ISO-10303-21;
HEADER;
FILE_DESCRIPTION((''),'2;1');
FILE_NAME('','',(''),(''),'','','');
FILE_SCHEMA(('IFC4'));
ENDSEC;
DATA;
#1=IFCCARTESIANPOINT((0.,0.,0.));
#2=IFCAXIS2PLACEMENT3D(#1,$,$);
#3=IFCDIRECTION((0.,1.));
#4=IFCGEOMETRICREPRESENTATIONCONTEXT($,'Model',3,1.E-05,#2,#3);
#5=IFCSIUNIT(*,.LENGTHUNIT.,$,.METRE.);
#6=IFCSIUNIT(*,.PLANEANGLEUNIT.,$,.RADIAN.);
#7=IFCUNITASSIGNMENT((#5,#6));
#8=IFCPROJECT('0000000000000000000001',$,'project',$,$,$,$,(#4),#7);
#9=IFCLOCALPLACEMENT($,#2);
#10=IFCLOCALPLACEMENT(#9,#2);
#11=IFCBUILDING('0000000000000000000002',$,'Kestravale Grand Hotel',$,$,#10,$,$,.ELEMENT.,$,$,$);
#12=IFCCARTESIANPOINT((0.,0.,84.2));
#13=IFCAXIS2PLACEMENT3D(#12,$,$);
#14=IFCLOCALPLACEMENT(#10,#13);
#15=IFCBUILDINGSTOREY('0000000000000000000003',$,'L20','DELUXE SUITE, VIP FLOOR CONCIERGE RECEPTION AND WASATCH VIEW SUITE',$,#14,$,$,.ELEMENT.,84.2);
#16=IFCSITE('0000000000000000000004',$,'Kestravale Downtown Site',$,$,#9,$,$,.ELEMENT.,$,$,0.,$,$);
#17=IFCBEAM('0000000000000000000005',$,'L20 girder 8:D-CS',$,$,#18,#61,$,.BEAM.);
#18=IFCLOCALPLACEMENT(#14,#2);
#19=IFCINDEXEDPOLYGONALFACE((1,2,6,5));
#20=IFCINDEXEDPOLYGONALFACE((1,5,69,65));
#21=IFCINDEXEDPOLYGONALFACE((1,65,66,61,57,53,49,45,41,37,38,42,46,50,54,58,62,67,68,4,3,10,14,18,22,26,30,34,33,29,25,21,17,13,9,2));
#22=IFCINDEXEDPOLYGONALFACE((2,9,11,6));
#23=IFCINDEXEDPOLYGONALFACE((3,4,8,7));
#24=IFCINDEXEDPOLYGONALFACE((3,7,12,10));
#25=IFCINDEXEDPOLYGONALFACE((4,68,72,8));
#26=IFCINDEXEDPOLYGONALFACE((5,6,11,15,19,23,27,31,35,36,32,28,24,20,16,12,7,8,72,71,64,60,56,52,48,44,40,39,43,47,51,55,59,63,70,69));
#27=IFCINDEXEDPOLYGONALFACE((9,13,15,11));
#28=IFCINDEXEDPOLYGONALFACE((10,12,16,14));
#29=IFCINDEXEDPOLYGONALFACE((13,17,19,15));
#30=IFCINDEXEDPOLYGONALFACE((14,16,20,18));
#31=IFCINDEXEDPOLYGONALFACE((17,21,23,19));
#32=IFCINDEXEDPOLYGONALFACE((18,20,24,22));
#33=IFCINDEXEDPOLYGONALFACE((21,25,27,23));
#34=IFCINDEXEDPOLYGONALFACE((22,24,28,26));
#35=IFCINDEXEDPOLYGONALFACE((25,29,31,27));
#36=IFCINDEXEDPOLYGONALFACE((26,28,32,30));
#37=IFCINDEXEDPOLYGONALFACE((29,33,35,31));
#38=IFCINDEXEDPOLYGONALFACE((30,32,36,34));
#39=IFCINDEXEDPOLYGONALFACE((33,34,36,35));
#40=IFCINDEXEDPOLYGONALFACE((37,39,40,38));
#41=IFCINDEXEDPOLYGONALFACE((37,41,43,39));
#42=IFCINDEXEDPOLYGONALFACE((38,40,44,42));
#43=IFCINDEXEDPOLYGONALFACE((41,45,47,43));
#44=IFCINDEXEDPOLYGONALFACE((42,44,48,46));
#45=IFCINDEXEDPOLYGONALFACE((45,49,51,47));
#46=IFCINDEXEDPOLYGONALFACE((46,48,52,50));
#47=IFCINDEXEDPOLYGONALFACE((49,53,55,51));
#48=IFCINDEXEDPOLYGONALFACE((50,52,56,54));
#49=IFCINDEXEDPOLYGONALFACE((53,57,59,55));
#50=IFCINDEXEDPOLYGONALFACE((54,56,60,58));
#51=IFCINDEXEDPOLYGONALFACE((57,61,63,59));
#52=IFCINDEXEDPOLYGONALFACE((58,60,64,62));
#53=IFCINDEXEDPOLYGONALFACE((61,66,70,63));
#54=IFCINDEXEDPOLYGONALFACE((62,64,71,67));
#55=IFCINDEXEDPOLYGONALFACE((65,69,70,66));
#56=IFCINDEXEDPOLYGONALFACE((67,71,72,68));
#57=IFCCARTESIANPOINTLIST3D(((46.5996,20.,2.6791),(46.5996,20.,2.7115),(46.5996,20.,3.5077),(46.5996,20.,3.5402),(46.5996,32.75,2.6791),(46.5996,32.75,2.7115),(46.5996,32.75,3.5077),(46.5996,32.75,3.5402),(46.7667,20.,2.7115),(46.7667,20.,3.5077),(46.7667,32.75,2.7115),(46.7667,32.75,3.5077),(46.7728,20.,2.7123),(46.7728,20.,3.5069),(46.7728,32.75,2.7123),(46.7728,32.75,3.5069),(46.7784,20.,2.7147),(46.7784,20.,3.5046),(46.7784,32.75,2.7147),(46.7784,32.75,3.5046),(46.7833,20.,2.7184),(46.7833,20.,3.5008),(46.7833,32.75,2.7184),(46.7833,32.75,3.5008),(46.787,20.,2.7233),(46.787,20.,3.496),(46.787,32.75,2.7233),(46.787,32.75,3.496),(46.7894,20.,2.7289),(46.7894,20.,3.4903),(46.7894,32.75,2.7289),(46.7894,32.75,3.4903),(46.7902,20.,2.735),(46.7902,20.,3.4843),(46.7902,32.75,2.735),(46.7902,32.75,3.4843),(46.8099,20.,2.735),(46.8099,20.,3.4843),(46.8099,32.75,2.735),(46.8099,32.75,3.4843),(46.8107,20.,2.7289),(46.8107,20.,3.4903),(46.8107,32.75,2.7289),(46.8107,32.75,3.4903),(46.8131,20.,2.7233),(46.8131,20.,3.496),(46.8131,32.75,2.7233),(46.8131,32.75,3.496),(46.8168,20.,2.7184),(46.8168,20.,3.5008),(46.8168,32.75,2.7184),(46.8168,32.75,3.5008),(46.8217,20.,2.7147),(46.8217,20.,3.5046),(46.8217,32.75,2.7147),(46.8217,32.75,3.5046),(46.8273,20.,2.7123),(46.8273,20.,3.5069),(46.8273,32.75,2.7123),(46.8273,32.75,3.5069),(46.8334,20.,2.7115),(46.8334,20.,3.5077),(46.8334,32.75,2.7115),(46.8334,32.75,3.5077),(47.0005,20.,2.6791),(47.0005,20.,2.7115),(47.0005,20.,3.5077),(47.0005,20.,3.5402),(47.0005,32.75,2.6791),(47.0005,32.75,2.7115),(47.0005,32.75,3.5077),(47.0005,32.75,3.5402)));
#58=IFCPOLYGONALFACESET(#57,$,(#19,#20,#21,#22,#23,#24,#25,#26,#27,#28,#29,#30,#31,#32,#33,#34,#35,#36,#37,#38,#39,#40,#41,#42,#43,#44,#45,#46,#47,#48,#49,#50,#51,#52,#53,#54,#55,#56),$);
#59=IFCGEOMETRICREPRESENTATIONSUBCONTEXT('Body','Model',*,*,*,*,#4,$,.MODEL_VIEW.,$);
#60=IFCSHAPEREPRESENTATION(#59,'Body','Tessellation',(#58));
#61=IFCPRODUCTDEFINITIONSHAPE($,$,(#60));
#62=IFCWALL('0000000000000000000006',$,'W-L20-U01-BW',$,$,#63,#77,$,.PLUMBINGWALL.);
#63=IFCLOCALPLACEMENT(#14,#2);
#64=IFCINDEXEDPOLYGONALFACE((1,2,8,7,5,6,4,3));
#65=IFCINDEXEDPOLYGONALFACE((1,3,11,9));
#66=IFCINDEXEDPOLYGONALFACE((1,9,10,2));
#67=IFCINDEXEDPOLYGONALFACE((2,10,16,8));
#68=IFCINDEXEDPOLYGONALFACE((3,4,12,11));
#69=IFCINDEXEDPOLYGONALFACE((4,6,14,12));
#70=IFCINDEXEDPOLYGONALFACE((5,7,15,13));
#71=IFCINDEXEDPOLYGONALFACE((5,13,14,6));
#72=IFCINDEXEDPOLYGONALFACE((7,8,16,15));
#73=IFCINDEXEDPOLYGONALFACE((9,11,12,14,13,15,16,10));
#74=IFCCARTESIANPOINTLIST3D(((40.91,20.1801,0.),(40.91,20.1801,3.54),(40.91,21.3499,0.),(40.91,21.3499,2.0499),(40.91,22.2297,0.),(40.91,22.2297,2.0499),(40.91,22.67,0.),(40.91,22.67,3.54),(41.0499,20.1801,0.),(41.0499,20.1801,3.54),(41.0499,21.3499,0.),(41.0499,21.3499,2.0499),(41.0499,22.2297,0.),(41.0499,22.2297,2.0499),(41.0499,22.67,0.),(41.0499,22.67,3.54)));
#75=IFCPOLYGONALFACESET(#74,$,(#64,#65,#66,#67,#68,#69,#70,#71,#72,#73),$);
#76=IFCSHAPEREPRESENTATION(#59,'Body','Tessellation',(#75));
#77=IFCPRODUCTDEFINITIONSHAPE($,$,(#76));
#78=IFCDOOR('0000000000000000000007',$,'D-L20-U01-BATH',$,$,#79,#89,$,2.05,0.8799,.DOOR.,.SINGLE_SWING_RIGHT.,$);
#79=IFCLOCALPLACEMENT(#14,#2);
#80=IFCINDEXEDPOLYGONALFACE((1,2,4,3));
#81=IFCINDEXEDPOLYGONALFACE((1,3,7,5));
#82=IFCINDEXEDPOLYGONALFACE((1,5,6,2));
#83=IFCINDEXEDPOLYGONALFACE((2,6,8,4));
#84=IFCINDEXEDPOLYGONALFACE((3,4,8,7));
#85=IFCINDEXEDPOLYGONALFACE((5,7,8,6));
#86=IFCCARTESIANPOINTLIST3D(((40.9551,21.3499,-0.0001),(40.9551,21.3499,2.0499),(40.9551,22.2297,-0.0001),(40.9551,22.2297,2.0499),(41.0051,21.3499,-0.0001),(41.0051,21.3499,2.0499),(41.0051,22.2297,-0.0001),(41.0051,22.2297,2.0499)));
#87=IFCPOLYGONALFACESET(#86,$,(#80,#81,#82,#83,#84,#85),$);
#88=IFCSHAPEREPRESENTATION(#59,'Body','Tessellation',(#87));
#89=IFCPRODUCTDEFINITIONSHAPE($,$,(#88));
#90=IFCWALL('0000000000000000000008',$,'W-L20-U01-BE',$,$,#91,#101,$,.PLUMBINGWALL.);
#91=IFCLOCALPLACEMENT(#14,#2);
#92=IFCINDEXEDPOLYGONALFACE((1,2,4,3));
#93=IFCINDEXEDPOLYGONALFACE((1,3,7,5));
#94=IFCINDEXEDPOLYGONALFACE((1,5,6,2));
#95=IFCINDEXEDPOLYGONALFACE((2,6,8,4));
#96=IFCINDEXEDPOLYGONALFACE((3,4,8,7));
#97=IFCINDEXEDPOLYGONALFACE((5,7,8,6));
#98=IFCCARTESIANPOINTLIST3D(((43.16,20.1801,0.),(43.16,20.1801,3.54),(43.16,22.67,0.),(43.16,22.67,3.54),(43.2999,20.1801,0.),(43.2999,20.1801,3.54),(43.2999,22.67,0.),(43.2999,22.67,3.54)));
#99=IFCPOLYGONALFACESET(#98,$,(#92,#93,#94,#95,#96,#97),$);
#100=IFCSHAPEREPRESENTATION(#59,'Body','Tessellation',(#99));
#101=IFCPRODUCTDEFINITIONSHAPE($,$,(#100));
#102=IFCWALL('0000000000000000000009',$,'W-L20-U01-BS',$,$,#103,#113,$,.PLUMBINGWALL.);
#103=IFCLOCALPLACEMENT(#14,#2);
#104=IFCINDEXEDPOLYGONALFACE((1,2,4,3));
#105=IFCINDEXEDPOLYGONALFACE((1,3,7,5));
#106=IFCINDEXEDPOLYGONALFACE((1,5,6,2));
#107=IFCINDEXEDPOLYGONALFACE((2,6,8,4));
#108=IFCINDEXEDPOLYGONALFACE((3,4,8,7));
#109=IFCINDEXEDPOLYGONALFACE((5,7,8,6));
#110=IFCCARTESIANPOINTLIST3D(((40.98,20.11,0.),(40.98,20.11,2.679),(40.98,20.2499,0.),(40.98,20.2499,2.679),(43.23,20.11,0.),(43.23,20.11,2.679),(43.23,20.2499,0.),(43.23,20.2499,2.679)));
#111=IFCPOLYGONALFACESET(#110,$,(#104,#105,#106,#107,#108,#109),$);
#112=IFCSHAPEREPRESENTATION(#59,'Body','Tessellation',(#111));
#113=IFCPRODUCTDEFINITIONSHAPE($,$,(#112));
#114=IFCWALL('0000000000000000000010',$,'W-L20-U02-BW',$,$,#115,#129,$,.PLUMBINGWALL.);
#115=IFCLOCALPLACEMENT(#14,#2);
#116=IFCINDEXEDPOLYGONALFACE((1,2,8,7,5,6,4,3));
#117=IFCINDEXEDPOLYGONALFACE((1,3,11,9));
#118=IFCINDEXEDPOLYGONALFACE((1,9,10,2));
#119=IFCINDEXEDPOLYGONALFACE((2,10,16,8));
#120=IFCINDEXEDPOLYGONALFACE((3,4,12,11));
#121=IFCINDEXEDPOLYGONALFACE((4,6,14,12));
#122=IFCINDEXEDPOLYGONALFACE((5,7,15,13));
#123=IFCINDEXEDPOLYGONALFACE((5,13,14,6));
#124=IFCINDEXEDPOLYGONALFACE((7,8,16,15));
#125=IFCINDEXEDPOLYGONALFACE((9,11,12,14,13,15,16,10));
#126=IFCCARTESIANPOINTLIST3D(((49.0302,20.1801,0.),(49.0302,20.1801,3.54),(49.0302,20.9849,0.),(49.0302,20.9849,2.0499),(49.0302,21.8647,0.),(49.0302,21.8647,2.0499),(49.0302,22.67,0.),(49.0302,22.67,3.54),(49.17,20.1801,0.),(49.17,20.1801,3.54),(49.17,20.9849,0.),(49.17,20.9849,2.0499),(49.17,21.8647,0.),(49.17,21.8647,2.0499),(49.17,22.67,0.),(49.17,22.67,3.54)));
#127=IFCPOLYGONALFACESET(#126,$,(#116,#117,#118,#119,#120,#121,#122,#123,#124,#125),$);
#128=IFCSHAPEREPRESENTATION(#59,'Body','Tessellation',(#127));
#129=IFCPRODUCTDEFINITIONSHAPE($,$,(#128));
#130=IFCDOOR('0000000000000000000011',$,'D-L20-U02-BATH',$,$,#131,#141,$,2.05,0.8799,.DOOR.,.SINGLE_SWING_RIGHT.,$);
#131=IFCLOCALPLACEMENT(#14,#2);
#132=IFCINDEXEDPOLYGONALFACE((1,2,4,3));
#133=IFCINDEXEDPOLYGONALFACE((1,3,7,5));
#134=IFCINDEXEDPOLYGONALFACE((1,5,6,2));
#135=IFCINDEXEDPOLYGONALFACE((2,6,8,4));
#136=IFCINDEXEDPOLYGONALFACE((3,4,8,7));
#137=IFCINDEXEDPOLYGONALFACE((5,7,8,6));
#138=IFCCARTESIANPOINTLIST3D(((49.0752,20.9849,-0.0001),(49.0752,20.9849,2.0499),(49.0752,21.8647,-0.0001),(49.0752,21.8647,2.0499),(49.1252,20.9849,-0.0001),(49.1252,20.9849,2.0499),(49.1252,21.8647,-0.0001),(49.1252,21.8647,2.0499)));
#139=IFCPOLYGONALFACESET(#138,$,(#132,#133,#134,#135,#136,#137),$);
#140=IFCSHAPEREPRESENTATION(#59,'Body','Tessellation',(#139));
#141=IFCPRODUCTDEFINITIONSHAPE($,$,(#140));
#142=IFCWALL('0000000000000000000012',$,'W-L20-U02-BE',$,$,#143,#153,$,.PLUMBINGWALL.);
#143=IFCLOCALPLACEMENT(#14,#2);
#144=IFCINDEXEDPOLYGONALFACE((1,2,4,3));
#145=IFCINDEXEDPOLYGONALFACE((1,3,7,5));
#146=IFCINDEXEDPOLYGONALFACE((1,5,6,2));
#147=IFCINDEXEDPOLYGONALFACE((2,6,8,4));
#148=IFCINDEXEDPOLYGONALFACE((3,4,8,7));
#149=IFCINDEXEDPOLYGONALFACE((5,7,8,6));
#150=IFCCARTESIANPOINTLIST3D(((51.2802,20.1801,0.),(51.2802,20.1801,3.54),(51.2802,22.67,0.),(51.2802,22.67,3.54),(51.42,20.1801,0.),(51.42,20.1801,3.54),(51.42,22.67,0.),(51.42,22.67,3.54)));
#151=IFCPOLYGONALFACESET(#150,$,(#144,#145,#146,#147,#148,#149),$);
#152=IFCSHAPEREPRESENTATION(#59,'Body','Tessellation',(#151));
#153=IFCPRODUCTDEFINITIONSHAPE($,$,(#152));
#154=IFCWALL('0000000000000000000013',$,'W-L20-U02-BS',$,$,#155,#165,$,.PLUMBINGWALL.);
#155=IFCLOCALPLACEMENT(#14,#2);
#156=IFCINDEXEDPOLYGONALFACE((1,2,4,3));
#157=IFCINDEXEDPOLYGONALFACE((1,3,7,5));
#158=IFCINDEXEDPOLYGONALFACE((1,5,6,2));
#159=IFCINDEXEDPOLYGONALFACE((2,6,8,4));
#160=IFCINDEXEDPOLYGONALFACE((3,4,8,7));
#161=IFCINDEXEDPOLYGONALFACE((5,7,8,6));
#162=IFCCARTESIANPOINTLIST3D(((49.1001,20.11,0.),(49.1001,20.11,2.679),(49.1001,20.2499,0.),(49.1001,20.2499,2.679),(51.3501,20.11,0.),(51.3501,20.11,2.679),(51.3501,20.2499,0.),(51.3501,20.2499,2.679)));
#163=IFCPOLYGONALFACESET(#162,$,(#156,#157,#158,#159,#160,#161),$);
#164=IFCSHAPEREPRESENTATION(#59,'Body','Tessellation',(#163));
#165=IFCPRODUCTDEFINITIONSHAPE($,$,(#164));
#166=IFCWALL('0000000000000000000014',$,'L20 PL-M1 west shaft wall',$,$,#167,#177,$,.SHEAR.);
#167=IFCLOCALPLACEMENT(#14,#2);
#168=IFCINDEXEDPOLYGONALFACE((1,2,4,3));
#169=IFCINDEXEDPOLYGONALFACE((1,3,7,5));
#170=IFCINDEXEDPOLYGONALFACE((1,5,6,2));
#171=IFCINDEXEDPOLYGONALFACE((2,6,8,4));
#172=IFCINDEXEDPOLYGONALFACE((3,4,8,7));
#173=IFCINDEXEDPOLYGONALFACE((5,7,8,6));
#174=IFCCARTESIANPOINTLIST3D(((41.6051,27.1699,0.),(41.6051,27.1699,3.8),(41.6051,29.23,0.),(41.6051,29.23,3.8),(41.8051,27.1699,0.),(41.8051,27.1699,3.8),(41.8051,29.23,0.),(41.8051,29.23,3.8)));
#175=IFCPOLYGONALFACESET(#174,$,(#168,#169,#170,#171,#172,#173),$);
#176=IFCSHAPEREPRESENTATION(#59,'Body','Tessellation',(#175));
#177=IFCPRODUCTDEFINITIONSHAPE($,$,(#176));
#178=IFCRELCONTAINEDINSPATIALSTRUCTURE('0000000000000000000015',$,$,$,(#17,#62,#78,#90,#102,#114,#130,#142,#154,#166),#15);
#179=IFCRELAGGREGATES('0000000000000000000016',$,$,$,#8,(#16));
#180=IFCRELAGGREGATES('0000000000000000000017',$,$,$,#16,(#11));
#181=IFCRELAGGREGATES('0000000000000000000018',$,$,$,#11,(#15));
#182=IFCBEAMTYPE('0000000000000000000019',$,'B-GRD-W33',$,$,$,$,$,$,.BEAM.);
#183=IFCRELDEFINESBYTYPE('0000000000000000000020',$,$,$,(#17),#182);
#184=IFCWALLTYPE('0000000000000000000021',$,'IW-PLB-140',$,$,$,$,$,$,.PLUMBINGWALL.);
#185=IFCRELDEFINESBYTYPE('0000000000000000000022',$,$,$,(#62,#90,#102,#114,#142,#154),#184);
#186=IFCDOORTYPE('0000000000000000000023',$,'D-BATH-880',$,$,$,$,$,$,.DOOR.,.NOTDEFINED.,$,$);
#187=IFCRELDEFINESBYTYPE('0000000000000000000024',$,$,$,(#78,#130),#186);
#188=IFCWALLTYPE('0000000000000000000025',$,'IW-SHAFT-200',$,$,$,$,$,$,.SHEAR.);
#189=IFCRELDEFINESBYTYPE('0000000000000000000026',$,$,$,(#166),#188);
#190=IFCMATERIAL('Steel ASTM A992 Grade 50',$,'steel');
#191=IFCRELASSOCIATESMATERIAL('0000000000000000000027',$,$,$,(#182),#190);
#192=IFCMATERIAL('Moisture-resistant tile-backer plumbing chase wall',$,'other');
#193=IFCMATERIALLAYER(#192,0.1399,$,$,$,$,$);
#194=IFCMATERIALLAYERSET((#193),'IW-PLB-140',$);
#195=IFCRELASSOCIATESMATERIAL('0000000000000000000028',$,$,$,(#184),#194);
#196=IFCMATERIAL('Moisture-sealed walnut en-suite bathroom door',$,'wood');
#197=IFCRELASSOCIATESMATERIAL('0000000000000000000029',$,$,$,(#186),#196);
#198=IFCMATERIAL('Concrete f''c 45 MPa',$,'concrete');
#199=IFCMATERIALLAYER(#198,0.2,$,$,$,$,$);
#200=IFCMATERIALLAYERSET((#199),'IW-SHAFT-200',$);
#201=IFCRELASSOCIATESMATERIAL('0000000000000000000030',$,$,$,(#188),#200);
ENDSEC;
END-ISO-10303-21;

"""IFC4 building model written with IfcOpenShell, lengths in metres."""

from ifc_helpers import new_model, si_unit, direction, frame, frame_2d, origin, origin_2d, place, context, subcontext, project, spatial, rectangle, i_section, extrude, material, layer, layer_set, material_profile, profile_set, type_object, element, fill, save


model = new_model("IFC4")

# Units and contexts
model_context = context("Model", 3, precision=1e-05, world=origin(), true_north=direction((0.0, 1.0)))
body_context = subcontext(model_context, "Body", "Model", "MODEL_VIEW")
ifc_project = project(units=[si_unit("LENGTHUNIT", "METRE"), si_unit("PLANEANGLEUNIT", "RADIAN")], contexts=[model_context])

# Site, building, storey
site_placement = place(None, origin())
site = spatial("IfcSite", under=ifc_project, at=site_placement, Name="Kestravale Downtown Site", CompositionType="ELEMENT", RefElevation=0.0)
building_placement = place(site_placement, origin())
building = spatial("IfcBuilding", under=site, at=building_placement, Name="Kestravale Grand Hotel", CompositionType="ELEMENT")
storey_placement = place(building_placement, frame((0.0, 0.0, 84.2)))
storey = spatial("IfcBuildingStorey", under=building, at=storey_placement, Name="L20", Description="DELUXE SUITE, VIP FLOOR CONCIERGE RECEPTION AND WASATCH VIEW SUITE", CompositionType="ELEMENT", Elevation=84.2)

# Beam
ifc_material_1 = material(Name="Steel ASTM A992 Grade 50", Category="steel")
ifc_material_profile_1 = material_profile(ifc_material_1, i_section(OverallWidth=0.4009, OverallDepth=0.8611, WebThickness=0.0198, FlangeThickness=0.0325, FilletRadius=0.0234, at=origin_2d()))
ifc_profile_set_1 = profile_set([ifc_material_profile_1], Name="Steel ASTM A992 Grade 50")
beam_type = type_object("IfcBeamType", Name="B-GRD-W33", PredefinedType="BEAM", material=ifc_profile_set_1)
beam_1_placement = place(storey_placement, frame((46.8, 20.0, 3.1096), z_axis=(0.0, 1.0, 0.0), x_axis=(-1.0, 0.0, 0.0)))
element("IfcBeam", 1, at=beam_1_placement, inside=storey, type_object=beam_type, Name="L20 girder 8:D-CS", PredefinedType="BEAM", context=body_context, shape_type="SweptSolid", body=[
    extrude(i_section(OverallWidth=0.4009, OverallDepth=0.8611, WebThickness=0.0198, FlangeThickness=0.0325, FilletRadius=0.0234, at=origin_2d()), origin(), (0.0, 0.0, 1.0), 12.75),
])

# Wall, opening, door
ifc_material_2 = material(Name="Moisture-resistant tile-backer plumbing chase wall", Category="other")
ifc_layer_1 = layer(ifc_material_2, 0.1399)
ifc_layer_set_1 = layer_set([ifc_layer_1], Name="IW-PLB-140")
wall_type_1 = type_object("IfcWallType", Name="IW-PLB-140", PredefinedType="PLUMBINGWALL", material=ifc_layer_set_1)
wall_1_placement = place(storey_placement, frame((40.98, 20.1799, 0.0), z_axis=(0.0, 0.0, 1.0), x_axis=(0.0, 1.0, 0.0)))
wall_1 = element("IfcWall", 2, at=wall_1_placement, inside=storey, type_object=wall_type_1, Name="W-L20-U01-BW", PredefinedType="PLUMBINGWALL", context=body_context, shape_type="SweptSolid", body=[
    extrude(rectangle(XDim=2.49, YDim=0.1399, at=frame_2d((1.2451, 0.0))), origin(), (0.0, 0.0, 1.0), 3.54),
])
opening_1_placement = place(wall_1_placement, frame((1.1699, 0.0, 0.0)))
opening_1 = element("IfcOpeningElement", 3, at=opening_1_placement, cuts=wall_1, PredefinedType="OPENING", context=body_context, shape_type="SweptSolid", body=[
    extrude(rectangle(XDim=0.8799, YDim=2.05, at=frame_2d((0.4399, 1.0249))), frame((0.0, 0.0798, 0.0), z_axis=(0.0, -1.0, 0.0), x_axis=(1.0, 0.0, 0.0)), (0.0, 0.0, 1.0), 0.1599),
])
ifc_material_3 = material(Name="Moisture-sealed walnut en-suite bathroom door", Category="wood")
door_type = type_object("IfcDoorType", Name="D-BATH-880", OperationType="NOTDEFINED", PredefinedType="DOOR", material=ifc_material_3)
door_1_placement = place(opening_1_placement, origin())
door_1 = element("IfcDoor", 4, at=door_1_placement, inside=storey, type_object=door_type, Name="D-L20-U01-BATH", OperationType="SINGLE_SWING_RIGHT", OverallHeight=2.05, OverallWidth=0.8799, PredefinedType="DOOR", context=body_context, shape_type="SweptSolid", body=[
    extrude(rectangle(XDim=0.8799, YDim=2.05, at=frame_2d((0.4399, 1.0249))), frame((0.0, 0.0249, 0.0), z_axis=(0.0, -1.0, 0.0), x_axis=(1.0, 0.0, 0.0)), (0.0, 0.0, 1.0), 0.05),
])
fill(opening_1, door_1)

# Walls
wall_2_placement = place(storey_placement, frame((43.23, 20.1799, 0.0), z_axis=(0.0, 0.0, 1.0), x_axis=(0.0, 1.0, 0.0)))
element("IfcWall", 5, at=wall_2_placement, inside=storey, type_object=wall_type_1, Name="W-L20-U01-BE", PredefinedType="PLUMBINGWALL", context=body_context, shape_type="SweptSolid", body=[
    extrude(rectangle(XDim=2.49, YDim=0.1399, at=frame_2d((1.2451, 0.0))), origin(), (0.0, 0.0, 1.0), 3.54),
])
wall_3_placement = place(storey_placement, frame((40.98, 20.1799, 0.0), z_axis=(0.0, 0.0, 1.0), x_axis=(1.0, 0.0, 0.0)))
element("IfcWall", 6, at=wall_3_placement, inside=storey, type_object=wall_type_1, Name="W-L20-U01-BS", PredefinedType="PLUMBINGWALL", context=body_context, shape_type="SweptSolid", body=[
    extrude(rectangle(XDim=2.25, YDim=0.1399, at=frame_2d((1.125, 0.0))), origin(), (0.0, 0.0, 1.0), 2.679),
])

# Wall, opening, door
wall_4_placement = place(storey_placement, frame((49.1001, 20.1799, 0.0), z_axis=(0.0, 0.0, 1.0), x_axis=(0.0, 1.0, 0.0)))
wall_4 = element("IfcWall", 7, at=wall_4_placement, inside=storey, type_object=wall_type_1, Name="W-L20-U02-BW", PredefinedType="PLUMBINGWALL", context=body_context, shape_type="SweptSolid", body=[
    extrude(rectangle(XDim=2.49, YDim=0.1399, at=frame_2d((1.2451, 0.0))), origin(), (0.0, 0.0, 1.0), 3.54),
])
opening_2_placement = place(wall_4_placement, frame((0.8049, 0.0, 0.0)))
opening_2 = element("IfcOpeningElement", 8, at=opening_2_placement, cuts=wall_4, PredefinedType="OPENING", context=body_context, shape_type="SweptSolid", body=[
    extrude(rectangle(XDim=0.8799, YDim=2.05, at=frame_2d((0.4399, 1.0249))), frame((0.0, 0.0798, 0.0), z_axis=(0.0, -1.0, 0.0), x_axis=(1.0, 0.0, 0.0)), (0.0, 0.0, 1.0), 0.1599),
])
door_2_placement = place(opening_2_placement, origin())
door_2 = element("IfcDoor", 9, at=door_2_placement, inside=storey, type_object=door_type, Name="D-L20-U02-BATH", OperationType="SINGLE_SWING_RIGHT", OverallHeight=2.05, OverallWidth=0.8799, PredefinedType="DOOR", context=body_context, shape_type="SweptSolid", body=[
    extrude(rectangle(XDim=0.8799, YDim=2.05, at=frame_2d((0.4399, 1.0249))), frame((0.0, 0.0249, 0.0), z_axis=(0.0, -1.0, 0.0), x_axis=(1.0, 0.0, 0.0)), (0.0, 0.0, 1.0), 0.05),
])
fill(opening_2, door_2)

# Walls
wall_5_placement = place(storey_placement, frame((51.3501, 20.1799, 0.0), z_axis=(0.0, 0.0, 1.0), x_axis=(0.0, 1.0, 0.0)))
element("IfcWall", 10, at=wall_5_placement, inside=storey, type_object=wall_type_1, Name="W-L20-U02-BE", PredefinedType="PLUMBINGWALL", context=body_context, shape_type="SweptSolid", body=[
    extrude(rectangle(XDim=2.49, YDim=0.1399, at=frame_2d((1.2451, 0.0))), origin(), (0.0, 0.0, 1.0), 3.54),
])
wall_6_placement = place(storey_placement, frame((49.1001, 20.1799, 0.0), z_axis=(0.0, 0.0, 1.0), x_axis=(1.0, 0.0, 0.0)))
element("IfcWall", 11, at=wall_6_placement, inside=storey, type_object=wall_type_1, Name="W-L20-U02-BS", PredefinedType="PLUMBINGWALL", context=body_context, shape_type="SweptSolid", body=[
    extrude(rectangle(XDim=2.25, YDim=0.1399, at=frame_2d((1.125, 0.0))), origin(), (0.0, 0.0, 1.0), 2.679),
])
ifc_material_4 = material(Name="Concrete f'c 45 MPa", Category="concrete")
ifc_layer_2 = layer(ifc_material_4, 0.2)
ifc_layer_set_2 = layer_set([ifc_layer_2], Name="IW-SHAFT-200")
wall_type_2 = type_object("IfcWallType", Name="IW-SHAFT-200", PredefinedType="SHEAR", material=ifc_layer_set_2)
for number, where, z_axis, x_axis, name in (
    (12, (41.7051, 27.1699, 0.0), (0.0, 0.0, 1.0), (0.0, 1.0, 0.0), "L20 PL-M1 west shaft wall"),
):
    element("IfcWall", number, at=place(storey_placement, frame(where, z_axis=z_axis, x_axis=x_axis)), inside=storey, type_object=wall_type_2, Name=name, PredefinedType="SHEAR", context=body_context, shape_type="SweptSolid", body=[
        extrude(rectangle(XDim=2.0601, YDim=0.2, at=frame_2d((1.03, 0.0))), origin(), (0.0, 0.0, 1.0), 3.8),
    ])

save(model, "model.ifc")
